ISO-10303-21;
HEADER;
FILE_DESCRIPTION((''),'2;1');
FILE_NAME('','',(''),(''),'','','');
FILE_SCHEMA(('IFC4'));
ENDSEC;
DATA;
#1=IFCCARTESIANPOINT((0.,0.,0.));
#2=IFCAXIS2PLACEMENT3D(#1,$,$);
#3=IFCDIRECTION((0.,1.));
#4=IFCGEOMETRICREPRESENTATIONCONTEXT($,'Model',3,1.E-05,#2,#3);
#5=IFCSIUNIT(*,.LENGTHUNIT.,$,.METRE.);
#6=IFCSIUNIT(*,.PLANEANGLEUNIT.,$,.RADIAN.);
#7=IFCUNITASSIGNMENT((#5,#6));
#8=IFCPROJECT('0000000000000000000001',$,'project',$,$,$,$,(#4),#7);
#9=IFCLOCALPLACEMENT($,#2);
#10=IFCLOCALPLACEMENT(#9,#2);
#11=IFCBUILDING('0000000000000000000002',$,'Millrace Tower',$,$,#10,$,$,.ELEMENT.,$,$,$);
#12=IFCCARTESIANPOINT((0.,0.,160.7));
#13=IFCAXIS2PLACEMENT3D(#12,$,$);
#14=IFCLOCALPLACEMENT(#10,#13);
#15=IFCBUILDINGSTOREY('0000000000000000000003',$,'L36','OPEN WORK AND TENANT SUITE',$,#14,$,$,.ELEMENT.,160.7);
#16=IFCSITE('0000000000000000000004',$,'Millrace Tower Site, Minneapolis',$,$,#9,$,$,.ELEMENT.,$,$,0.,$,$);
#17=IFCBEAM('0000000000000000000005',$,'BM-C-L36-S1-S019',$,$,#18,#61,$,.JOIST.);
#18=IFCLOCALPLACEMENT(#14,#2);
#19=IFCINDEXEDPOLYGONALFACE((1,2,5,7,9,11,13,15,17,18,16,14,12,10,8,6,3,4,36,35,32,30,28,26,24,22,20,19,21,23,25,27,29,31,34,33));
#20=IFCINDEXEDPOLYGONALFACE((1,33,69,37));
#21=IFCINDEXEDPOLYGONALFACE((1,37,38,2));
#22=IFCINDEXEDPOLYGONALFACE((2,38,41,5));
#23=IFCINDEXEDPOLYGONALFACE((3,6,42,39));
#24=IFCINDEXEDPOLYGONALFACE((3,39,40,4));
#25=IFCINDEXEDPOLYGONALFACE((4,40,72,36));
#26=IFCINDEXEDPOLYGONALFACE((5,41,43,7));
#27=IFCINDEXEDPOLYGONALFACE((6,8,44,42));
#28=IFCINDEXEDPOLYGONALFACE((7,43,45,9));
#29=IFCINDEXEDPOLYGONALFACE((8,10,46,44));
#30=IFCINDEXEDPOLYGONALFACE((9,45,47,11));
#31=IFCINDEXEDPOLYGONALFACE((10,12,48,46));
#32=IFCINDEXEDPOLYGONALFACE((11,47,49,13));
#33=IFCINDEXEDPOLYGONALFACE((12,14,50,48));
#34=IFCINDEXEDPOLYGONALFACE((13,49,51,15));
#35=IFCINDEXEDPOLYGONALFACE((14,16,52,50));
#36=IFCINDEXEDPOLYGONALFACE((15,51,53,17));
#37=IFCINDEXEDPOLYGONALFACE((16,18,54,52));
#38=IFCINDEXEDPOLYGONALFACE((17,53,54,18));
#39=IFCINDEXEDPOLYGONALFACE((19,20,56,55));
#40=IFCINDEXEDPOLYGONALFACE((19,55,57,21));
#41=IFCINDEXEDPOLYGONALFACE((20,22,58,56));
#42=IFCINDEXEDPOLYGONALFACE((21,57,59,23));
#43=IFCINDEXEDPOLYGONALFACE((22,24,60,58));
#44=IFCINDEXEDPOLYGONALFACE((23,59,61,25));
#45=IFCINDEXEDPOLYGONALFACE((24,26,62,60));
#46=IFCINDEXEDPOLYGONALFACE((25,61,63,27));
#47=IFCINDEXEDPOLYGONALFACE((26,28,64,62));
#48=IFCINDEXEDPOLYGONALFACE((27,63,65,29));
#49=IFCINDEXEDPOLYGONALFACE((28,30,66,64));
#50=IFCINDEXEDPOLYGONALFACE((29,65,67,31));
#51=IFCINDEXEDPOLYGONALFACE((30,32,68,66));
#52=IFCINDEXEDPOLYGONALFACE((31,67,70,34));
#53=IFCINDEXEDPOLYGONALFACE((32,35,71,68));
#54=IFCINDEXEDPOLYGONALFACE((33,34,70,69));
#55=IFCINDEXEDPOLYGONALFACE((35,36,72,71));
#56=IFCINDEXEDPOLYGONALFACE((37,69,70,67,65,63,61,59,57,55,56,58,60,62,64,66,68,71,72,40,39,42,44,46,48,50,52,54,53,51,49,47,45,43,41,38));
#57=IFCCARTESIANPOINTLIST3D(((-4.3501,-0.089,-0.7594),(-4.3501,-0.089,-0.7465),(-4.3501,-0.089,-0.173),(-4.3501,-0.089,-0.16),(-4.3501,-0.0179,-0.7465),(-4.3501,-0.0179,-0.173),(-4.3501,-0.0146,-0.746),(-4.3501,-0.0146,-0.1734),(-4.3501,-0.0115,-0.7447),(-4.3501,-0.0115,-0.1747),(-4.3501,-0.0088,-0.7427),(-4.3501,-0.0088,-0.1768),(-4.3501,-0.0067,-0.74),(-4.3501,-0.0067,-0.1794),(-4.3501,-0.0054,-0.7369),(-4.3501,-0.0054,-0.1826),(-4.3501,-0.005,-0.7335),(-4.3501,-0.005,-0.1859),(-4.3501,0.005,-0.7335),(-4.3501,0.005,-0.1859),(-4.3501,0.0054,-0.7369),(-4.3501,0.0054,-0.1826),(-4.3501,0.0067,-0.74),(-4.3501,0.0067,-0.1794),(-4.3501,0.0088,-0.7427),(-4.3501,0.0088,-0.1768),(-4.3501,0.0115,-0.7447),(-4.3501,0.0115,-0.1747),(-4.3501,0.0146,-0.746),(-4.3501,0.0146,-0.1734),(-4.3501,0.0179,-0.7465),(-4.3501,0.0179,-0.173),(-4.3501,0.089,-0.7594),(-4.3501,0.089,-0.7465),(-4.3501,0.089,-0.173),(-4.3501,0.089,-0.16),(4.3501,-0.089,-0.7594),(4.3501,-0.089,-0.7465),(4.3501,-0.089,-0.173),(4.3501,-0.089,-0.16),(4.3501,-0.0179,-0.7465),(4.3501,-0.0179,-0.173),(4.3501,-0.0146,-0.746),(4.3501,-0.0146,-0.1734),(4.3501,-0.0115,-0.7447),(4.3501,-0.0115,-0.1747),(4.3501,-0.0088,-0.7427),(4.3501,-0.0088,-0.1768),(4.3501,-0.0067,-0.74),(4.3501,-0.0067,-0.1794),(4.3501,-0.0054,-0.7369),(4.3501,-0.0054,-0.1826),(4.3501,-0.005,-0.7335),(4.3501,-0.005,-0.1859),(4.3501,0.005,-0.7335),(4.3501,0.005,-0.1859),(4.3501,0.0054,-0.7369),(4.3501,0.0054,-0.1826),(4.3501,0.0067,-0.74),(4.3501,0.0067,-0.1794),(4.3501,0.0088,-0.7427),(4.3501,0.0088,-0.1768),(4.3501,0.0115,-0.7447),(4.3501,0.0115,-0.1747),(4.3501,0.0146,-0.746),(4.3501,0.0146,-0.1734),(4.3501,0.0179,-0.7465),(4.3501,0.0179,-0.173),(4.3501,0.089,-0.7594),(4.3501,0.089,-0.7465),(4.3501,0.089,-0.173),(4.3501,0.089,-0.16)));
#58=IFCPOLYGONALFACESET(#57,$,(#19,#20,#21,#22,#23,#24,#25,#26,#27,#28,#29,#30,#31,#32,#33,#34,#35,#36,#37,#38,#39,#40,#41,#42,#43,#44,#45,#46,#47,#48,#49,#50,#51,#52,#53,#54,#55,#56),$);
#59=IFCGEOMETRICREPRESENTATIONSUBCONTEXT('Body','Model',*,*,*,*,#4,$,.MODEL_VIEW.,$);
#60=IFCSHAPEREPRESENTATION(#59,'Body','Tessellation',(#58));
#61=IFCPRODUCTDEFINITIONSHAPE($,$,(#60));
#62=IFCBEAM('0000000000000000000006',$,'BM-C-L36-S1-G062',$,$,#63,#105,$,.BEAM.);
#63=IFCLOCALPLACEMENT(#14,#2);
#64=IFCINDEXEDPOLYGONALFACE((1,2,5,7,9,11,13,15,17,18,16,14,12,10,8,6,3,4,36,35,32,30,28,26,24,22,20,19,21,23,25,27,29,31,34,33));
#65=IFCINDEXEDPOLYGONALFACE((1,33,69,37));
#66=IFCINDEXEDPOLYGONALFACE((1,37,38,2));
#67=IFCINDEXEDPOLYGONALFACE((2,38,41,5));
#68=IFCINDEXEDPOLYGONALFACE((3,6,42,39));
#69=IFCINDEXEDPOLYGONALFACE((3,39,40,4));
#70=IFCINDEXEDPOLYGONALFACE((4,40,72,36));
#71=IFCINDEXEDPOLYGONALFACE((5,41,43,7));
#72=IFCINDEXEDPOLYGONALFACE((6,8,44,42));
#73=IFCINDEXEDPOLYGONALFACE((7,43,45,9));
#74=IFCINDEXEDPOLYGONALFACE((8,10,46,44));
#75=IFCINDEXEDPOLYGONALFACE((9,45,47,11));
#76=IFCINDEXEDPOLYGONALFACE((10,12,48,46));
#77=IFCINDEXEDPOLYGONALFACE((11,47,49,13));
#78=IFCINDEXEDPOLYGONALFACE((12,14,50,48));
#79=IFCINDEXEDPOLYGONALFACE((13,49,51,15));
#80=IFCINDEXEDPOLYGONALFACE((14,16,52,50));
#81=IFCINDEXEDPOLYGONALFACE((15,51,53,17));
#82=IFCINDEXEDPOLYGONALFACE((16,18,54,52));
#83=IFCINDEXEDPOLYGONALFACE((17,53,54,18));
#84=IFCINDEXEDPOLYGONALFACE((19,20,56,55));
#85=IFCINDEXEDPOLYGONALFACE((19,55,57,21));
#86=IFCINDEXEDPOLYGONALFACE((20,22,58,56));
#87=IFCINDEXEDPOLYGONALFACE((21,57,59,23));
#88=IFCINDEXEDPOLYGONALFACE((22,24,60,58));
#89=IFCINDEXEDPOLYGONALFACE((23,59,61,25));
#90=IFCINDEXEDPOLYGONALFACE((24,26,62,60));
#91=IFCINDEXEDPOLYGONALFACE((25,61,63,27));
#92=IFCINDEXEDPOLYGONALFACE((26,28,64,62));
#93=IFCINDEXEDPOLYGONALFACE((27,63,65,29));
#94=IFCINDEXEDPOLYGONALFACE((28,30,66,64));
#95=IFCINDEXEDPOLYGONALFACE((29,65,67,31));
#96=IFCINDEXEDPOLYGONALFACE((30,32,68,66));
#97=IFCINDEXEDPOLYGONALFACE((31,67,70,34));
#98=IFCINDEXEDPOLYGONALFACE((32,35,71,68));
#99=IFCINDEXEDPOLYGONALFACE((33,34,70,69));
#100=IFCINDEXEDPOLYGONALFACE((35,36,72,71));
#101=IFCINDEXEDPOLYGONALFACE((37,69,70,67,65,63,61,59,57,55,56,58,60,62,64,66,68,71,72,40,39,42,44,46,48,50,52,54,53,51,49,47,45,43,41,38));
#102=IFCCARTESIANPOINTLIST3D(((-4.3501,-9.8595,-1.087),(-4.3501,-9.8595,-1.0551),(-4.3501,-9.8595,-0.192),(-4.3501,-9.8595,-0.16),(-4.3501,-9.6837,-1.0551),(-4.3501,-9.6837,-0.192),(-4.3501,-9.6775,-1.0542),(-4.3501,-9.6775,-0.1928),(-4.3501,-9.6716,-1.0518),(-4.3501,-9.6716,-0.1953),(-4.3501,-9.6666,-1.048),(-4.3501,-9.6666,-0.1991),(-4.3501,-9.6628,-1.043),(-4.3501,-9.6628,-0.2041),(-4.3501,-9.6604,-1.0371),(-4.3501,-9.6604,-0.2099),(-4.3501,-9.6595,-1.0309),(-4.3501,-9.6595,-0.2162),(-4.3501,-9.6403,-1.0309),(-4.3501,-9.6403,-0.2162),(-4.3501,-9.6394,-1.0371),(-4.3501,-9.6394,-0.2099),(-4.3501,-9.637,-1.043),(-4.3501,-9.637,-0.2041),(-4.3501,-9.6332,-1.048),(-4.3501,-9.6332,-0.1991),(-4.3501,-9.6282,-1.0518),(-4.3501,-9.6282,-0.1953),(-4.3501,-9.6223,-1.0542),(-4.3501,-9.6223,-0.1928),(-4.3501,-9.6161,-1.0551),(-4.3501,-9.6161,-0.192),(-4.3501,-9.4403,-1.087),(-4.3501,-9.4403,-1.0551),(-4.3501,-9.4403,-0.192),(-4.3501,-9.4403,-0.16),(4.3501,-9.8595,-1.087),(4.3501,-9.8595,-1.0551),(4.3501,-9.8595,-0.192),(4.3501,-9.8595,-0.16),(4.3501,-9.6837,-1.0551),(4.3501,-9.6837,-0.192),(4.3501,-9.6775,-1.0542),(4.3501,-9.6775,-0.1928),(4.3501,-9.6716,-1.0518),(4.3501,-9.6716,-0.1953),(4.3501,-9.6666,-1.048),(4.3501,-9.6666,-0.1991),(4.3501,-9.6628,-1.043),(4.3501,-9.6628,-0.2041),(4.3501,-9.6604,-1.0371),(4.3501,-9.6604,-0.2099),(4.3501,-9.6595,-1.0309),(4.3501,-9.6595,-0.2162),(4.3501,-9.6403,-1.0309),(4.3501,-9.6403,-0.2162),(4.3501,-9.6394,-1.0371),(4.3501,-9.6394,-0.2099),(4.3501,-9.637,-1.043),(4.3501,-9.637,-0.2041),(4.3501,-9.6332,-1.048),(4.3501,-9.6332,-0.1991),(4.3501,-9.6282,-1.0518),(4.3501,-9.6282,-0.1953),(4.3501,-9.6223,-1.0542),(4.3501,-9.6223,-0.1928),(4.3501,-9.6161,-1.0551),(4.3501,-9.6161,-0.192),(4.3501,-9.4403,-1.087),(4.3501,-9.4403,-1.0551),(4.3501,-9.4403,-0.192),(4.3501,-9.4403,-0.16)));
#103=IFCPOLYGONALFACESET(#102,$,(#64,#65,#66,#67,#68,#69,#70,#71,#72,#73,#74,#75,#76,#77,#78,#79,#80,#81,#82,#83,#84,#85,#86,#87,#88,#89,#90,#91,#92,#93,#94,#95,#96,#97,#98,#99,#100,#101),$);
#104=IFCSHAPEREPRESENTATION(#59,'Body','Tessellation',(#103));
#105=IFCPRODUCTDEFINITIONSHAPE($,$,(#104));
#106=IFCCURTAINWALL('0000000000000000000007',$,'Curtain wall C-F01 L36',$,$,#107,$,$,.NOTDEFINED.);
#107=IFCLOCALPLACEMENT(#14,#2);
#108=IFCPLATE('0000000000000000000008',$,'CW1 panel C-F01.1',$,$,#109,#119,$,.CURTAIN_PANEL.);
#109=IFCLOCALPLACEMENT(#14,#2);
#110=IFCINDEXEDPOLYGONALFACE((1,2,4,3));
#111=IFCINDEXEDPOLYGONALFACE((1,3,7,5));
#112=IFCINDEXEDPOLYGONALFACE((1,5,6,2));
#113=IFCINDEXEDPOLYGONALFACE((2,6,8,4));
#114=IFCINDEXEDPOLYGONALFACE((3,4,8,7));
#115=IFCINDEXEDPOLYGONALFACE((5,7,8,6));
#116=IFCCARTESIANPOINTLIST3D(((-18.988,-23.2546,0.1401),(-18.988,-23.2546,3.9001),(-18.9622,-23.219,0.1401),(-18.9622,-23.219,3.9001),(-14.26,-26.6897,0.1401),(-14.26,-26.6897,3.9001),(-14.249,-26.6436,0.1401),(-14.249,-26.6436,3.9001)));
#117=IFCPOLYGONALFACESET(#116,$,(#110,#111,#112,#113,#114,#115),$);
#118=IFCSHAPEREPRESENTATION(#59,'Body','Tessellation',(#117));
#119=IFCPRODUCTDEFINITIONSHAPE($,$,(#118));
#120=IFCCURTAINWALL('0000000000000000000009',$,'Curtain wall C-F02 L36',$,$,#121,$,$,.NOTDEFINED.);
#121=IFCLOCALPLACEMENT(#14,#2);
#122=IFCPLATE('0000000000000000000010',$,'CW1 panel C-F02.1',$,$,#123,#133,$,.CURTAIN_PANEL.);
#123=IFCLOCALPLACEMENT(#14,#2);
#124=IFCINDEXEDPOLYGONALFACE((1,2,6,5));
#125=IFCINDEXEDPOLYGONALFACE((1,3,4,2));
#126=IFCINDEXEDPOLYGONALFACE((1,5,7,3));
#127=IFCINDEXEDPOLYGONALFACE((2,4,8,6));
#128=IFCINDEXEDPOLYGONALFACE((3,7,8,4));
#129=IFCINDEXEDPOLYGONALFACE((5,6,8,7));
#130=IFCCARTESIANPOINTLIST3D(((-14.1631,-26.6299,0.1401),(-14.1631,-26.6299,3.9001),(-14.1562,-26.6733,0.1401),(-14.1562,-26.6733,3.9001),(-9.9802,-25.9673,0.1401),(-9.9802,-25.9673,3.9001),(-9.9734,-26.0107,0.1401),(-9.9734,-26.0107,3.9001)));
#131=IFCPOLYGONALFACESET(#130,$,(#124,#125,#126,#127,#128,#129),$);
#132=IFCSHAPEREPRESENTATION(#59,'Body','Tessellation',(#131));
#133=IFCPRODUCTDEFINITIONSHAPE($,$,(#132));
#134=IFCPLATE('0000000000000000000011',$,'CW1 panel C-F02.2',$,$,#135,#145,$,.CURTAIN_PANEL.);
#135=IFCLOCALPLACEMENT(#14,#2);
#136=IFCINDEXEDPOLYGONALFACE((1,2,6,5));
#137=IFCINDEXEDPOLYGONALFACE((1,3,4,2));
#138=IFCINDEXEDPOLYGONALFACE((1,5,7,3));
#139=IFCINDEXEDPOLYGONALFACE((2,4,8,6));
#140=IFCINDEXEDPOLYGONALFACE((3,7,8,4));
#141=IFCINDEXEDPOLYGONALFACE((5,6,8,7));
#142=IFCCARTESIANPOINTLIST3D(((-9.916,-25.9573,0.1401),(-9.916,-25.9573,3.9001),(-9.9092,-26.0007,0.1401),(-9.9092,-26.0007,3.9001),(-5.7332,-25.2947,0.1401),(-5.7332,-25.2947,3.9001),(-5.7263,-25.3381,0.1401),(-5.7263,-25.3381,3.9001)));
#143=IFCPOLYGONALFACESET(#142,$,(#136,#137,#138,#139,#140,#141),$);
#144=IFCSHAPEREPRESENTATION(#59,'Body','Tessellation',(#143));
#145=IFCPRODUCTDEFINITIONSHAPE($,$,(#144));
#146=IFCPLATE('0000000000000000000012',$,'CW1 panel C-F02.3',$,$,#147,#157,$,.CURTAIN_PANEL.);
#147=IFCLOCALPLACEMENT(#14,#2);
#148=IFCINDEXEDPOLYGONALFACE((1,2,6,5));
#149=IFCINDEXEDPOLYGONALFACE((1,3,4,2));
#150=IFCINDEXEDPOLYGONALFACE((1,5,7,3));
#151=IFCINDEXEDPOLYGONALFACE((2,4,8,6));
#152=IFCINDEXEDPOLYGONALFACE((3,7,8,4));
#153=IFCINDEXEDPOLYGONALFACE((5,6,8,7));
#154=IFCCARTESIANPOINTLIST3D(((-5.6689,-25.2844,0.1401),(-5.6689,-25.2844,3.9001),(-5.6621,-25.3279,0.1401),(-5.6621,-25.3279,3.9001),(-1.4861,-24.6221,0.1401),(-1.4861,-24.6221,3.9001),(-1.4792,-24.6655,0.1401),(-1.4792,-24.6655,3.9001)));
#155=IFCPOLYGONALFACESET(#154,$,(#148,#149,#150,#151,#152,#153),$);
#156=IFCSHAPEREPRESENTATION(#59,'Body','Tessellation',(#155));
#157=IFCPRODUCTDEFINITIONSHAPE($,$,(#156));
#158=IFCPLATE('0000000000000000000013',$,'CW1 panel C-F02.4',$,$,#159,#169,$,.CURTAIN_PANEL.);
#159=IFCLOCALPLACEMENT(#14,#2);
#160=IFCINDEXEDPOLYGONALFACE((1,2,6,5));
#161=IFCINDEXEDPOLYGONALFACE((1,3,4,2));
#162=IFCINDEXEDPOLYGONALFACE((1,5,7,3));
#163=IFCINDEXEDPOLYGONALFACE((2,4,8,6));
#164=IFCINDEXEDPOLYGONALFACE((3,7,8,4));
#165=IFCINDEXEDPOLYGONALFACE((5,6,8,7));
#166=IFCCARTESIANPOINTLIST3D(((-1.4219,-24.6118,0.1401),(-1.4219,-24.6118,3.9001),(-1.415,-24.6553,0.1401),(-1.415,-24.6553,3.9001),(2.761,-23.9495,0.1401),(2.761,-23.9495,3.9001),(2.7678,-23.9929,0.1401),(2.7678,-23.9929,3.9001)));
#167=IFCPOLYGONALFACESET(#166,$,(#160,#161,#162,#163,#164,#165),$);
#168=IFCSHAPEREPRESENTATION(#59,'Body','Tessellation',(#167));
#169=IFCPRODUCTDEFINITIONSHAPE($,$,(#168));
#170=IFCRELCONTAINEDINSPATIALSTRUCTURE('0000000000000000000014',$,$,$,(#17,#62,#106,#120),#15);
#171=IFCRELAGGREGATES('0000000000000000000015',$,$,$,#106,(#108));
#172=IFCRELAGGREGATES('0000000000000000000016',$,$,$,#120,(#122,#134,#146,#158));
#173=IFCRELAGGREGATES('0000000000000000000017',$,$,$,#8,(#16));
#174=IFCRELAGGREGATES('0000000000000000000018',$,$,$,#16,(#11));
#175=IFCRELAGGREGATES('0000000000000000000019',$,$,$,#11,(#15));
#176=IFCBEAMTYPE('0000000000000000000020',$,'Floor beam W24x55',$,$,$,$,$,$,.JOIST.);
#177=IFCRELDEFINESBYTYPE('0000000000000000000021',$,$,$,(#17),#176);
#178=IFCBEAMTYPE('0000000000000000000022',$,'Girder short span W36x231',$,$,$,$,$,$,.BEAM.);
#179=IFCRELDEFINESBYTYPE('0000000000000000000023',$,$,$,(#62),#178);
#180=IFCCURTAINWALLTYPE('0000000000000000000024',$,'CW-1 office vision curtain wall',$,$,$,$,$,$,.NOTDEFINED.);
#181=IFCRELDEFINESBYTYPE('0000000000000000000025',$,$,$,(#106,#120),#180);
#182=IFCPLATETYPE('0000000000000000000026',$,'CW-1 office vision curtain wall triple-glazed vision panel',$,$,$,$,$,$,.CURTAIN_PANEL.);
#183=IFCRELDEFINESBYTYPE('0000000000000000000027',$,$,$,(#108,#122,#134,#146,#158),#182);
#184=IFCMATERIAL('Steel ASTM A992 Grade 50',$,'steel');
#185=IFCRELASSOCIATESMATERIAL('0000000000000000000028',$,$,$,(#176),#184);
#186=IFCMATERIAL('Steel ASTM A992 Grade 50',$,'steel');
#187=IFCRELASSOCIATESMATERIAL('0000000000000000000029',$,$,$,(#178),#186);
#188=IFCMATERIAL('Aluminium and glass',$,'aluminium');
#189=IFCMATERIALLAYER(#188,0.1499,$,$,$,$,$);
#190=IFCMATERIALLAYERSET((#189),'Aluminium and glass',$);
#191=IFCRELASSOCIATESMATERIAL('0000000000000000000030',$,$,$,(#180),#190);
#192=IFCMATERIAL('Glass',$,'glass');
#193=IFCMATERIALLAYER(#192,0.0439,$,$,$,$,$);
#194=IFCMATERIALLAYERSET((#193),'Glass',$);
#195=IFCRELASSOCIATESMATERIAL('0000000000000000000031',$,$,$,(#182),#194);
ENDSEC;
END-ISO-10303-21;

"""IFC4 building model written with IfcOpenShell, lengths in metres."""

from ifc_helpers import new_model, si_unit, direction, frame, origin, origin_2d, place, context, subcontext, project, spatial, polyline, i_section, outline, extrude, material, layer, layer_set, material_profile, profile_set, type_object, element, aggregate, save


model = new_model("IFC4")

# Units and contexts
model_context = context("Model", 3, precision=1e-05, world=origin(), true_north=direction((0.0, 1.0)))
body_context = subcontext(model_context, "Body", "Model", "MODEL_VIEW")
ifc_project = project(units=[si_unit("LENGTHUNIT", "METRE"), si_unit("PLANEANGLEUNIT", "RADIAN")], contexts=[model_context])

# Site, building, storey
site_placement = place(None, origin())
site = spatial("IfcSite", under=ifc_project, at=site_placement, Name="Millrace Tower Site, Minneapolis", CompositionType="ELEMENT", RefElevation=0.0)
building_placement = place(site_placement, origin())
building = spatial("IfcBuilding", under=site, at=building_placement, Name="Millrace Tower", CompositionType="ELEMENT")
storey_placement = place(building_placement, frame((0.0, 0.0, 160.7)))
storey = spatial("IfcBuildingStorey", under=building, at=storey_placement, Name="L36", Description="OPEN WORK AND TENANT SUITE", CompositionType="ELEMENT", Elevation=160.7)

# Beams
ifc_material_1 = material(Name="Steel ASTM A992 Grade 50", Category="steel")
ifc_material_profile_1 = material_profile(ifc_material_1, i_section(OverallWidth=0.178, OverallDepth=0.5994, WebThickness=0.01, FlangeThickness=0.0129, FilletRadius=0.0129, at=origin_2d()))
ifc_profile_set_1 = profile_set([ifc_material_profile_1], Name="Steel ASTM A992 Grade 50")
beam_type_1 = type_object("IfcBeamType", Name="Floor beam W24x55", PredefinedType="JOIST", material=ifc_profile_set_1)
for number, where, z_axis, x_axis, name in (
    (1, (-4.3501, 0.0, -0.4597), (1.0, 0.0, 0.0), (0.0, 1.0, 0.0), "BM-C-L36-S1-S019"),
):
    element("IfcBeam", number, at=place(storey_placement, frame(where, z_axis=z_axis, x_axis=x_axis)), inside=storey, type_object=beam_type_1, Name=name, PredefinedType="JOIST", context=body_context, shape_type="SweptSolid", body=[
        extrude(i_section(OverallWidth=0.178, OverallDepth=0.5994, WebThickness=0.01, FlangeThickness=0.0129, FilletRadius=0.0129, at=origin_2d()), origin(), (0.0, 0.0, 1.0), 8.7002),
    ])
ifc_material_2 = material(Name="Steel ASTM A992 Grade 50", Category="steel")
ifc_material_profile_2 = material_profile(ifc_material_2, i_section(OverallWidth=0.4192, OverallDepth=0.927, WebThickness=0.0193, FlangeThickness=0.032, FilletRadius=0.0242, at=origin_2d()))
ifc_profile_set_2 = profile_set([ifc_material_profile_2], Name="Steel ASTM A992 Grade 50")
beam_type_2 = type_object("IfcBeamType", Name="Girder short span W36x231", PredefinedType="BEAM", material=ifc_profile_set_2)
beam_1_placement = place(storey_placement, frame((-4.3501, -9.6499, -0.6235), z_axis=(1.0, 0.0, 0.0), x_axis=(0.0, 1.0, 0.0)))
element("IfcBeam", 2, at=beam_1_placement, inside=storey, type_object=beam_type_2, Name="BM-C-L36-S1-G062", PredefinedType="BEAM", context=body_context, shape_type="SweptSolid", body=[
    extrude(i_section(OverallWidth=0.4192, OverallDepth=0.927, WebThickness=0.0193, FlangeThickness=0.032, FilletRadius=0.0242, at=origin_2d()), origin(), (0.0, 0.0, 1.0), 8.7002),
])

# Curtain wall, plate
ifc_material_3 = material(Name="Aluminium and glass", Category="aluminium")
ifc_layer_1 = layer(ifc_material_3, 0.1499)
ifc_layer_set_1 = layer_set([ifc_layer_1], Name="Aluminium and glass")
curtain_wall_type = type_object("IfcCurtainWallType", Name="CW-1 office vision curtain wall", PredefinedType="NOTDEFINED", material=ifc_layer_set_1)
placement_1 = place(storey_placement, origin())
curtain_wall_1 = element("IfcCurtainWall", 3, at=placement_1, inside=storey, type_object=curtain_wall_type, Name="Curtain wall C-F01 L36", PredefinedType="NOTDEFINED")
ifc_material_4 = material(Name="Glass", Category="glass")
ifc_layer_2 = layer(ifc_material_4, 0.0439)
ifc_layer_set_2 = layer_set([ifc_layer_2], Name="Glass")
plate_type = type_object("IfcPlateType", Name="CW-1 office vision curtain wall triple-glazed vision panel", PredefinedType="CURTAIN_PANEL", material=ifc_layer_set_2)
placement_2 = place(storey_placement, frame((0.0, 0.0, 0.1401)))
plate_1 = element("IfcPlate", 4, at=placement_2, type_object=plate_type, Name="CW1 panel C-F01.1", PredefinedType="CURTAIN_PANEL", context=body_context, shape_type="SweptSolid", body=[
    extrude(outline(polyline([(-18.988, -23.2546), (-14.26, -26.6897), (-14.249, -26.6436), (-18.9622, -23.219), (-18.988, -23.2546)])), origin(), (0.0, 0.0, 1.0), 3.76),
])
aggregate(curtain_wall_1, [plate_1])

# Curtain wall, plates
curtain_wall_2 = element("IfcCurtainWall", 5, at=placement_1, inside=storey, type_object=curtain_wall_type, Name="Curtain wall C-F02 L36", PredefinedType="NOTDEFINED")
plate_2 = element("IfcPlate", 6, at=placement_2, type_object=plate_type, Name="CW1 panel C-F02.1", PredefinedType="CURTAIN_PANEL", context=body_context, shape_type="SweptSolid", body=[
    extrude(outline(polyline([(-14.1562, -26.6733), (-9.9734, -26.0107), (-9.9802, -25.9673), (-14.1631, -26.6299), (-14.1562, -26.6733)])), origin(), (0.0, 0.0, 1.0), 3.76),
])
plate_3 = element("IfcPlate", 7, at=placement_2, type_object=plate_type, Name="CW1 panel C-F02.2", PredefinedType="CURTAIN_PANEL", context=body_context, shape_type="SweptSolid", body=[
    extrude(outline(polyline([(-9.9092, -26.0007), (-5.7263, -25.3381), (-5.7332, -25.2947), (-9.916, -25.9573), (-9.9092, -26.0007)])), origin(), (0.0, 0.0, 1.0), 3.76),
])
plate_4 = element("IfcPlate", 8, at=placement_2, type_object=plate_type, Name="CW1 panel C-F02.3", PredefinedType="CURTAIN_PANEL", context=body_context, shape_type="SweptSolid", body=[
    extrude(outline(polyline([(-5.6621, -25.3279), (-1.4792, -24.6655), (-1.4861, -24.6221), (-5.6689, -25.2844), (-5.6621, -25.3279)])), origin(), (0.0, 0.0, 1.0), 3.76),
])
plate_5 = element("IfcPlate", 9, at=placement_2, type_object=plate_type, Name="CW1 panel C-F02.4", PredefinedType="CURTAIN_PANEL", context=body_context, shape_type="SweptSolid", body=[
    extrude(outline(polyline([(-1.415, -24.6553), (2.7678, -23.9929), (2.761, -23.9495), (-1.4219, -24.6118), (-1.415, -24.6553)])), origin(), (0.0, 0.0, 1.0), 3.76),
])
aggregate(curtain_wall_2, [plate_2, plate_3, plate_4, plate_5])

save(model, "model.ifc")
